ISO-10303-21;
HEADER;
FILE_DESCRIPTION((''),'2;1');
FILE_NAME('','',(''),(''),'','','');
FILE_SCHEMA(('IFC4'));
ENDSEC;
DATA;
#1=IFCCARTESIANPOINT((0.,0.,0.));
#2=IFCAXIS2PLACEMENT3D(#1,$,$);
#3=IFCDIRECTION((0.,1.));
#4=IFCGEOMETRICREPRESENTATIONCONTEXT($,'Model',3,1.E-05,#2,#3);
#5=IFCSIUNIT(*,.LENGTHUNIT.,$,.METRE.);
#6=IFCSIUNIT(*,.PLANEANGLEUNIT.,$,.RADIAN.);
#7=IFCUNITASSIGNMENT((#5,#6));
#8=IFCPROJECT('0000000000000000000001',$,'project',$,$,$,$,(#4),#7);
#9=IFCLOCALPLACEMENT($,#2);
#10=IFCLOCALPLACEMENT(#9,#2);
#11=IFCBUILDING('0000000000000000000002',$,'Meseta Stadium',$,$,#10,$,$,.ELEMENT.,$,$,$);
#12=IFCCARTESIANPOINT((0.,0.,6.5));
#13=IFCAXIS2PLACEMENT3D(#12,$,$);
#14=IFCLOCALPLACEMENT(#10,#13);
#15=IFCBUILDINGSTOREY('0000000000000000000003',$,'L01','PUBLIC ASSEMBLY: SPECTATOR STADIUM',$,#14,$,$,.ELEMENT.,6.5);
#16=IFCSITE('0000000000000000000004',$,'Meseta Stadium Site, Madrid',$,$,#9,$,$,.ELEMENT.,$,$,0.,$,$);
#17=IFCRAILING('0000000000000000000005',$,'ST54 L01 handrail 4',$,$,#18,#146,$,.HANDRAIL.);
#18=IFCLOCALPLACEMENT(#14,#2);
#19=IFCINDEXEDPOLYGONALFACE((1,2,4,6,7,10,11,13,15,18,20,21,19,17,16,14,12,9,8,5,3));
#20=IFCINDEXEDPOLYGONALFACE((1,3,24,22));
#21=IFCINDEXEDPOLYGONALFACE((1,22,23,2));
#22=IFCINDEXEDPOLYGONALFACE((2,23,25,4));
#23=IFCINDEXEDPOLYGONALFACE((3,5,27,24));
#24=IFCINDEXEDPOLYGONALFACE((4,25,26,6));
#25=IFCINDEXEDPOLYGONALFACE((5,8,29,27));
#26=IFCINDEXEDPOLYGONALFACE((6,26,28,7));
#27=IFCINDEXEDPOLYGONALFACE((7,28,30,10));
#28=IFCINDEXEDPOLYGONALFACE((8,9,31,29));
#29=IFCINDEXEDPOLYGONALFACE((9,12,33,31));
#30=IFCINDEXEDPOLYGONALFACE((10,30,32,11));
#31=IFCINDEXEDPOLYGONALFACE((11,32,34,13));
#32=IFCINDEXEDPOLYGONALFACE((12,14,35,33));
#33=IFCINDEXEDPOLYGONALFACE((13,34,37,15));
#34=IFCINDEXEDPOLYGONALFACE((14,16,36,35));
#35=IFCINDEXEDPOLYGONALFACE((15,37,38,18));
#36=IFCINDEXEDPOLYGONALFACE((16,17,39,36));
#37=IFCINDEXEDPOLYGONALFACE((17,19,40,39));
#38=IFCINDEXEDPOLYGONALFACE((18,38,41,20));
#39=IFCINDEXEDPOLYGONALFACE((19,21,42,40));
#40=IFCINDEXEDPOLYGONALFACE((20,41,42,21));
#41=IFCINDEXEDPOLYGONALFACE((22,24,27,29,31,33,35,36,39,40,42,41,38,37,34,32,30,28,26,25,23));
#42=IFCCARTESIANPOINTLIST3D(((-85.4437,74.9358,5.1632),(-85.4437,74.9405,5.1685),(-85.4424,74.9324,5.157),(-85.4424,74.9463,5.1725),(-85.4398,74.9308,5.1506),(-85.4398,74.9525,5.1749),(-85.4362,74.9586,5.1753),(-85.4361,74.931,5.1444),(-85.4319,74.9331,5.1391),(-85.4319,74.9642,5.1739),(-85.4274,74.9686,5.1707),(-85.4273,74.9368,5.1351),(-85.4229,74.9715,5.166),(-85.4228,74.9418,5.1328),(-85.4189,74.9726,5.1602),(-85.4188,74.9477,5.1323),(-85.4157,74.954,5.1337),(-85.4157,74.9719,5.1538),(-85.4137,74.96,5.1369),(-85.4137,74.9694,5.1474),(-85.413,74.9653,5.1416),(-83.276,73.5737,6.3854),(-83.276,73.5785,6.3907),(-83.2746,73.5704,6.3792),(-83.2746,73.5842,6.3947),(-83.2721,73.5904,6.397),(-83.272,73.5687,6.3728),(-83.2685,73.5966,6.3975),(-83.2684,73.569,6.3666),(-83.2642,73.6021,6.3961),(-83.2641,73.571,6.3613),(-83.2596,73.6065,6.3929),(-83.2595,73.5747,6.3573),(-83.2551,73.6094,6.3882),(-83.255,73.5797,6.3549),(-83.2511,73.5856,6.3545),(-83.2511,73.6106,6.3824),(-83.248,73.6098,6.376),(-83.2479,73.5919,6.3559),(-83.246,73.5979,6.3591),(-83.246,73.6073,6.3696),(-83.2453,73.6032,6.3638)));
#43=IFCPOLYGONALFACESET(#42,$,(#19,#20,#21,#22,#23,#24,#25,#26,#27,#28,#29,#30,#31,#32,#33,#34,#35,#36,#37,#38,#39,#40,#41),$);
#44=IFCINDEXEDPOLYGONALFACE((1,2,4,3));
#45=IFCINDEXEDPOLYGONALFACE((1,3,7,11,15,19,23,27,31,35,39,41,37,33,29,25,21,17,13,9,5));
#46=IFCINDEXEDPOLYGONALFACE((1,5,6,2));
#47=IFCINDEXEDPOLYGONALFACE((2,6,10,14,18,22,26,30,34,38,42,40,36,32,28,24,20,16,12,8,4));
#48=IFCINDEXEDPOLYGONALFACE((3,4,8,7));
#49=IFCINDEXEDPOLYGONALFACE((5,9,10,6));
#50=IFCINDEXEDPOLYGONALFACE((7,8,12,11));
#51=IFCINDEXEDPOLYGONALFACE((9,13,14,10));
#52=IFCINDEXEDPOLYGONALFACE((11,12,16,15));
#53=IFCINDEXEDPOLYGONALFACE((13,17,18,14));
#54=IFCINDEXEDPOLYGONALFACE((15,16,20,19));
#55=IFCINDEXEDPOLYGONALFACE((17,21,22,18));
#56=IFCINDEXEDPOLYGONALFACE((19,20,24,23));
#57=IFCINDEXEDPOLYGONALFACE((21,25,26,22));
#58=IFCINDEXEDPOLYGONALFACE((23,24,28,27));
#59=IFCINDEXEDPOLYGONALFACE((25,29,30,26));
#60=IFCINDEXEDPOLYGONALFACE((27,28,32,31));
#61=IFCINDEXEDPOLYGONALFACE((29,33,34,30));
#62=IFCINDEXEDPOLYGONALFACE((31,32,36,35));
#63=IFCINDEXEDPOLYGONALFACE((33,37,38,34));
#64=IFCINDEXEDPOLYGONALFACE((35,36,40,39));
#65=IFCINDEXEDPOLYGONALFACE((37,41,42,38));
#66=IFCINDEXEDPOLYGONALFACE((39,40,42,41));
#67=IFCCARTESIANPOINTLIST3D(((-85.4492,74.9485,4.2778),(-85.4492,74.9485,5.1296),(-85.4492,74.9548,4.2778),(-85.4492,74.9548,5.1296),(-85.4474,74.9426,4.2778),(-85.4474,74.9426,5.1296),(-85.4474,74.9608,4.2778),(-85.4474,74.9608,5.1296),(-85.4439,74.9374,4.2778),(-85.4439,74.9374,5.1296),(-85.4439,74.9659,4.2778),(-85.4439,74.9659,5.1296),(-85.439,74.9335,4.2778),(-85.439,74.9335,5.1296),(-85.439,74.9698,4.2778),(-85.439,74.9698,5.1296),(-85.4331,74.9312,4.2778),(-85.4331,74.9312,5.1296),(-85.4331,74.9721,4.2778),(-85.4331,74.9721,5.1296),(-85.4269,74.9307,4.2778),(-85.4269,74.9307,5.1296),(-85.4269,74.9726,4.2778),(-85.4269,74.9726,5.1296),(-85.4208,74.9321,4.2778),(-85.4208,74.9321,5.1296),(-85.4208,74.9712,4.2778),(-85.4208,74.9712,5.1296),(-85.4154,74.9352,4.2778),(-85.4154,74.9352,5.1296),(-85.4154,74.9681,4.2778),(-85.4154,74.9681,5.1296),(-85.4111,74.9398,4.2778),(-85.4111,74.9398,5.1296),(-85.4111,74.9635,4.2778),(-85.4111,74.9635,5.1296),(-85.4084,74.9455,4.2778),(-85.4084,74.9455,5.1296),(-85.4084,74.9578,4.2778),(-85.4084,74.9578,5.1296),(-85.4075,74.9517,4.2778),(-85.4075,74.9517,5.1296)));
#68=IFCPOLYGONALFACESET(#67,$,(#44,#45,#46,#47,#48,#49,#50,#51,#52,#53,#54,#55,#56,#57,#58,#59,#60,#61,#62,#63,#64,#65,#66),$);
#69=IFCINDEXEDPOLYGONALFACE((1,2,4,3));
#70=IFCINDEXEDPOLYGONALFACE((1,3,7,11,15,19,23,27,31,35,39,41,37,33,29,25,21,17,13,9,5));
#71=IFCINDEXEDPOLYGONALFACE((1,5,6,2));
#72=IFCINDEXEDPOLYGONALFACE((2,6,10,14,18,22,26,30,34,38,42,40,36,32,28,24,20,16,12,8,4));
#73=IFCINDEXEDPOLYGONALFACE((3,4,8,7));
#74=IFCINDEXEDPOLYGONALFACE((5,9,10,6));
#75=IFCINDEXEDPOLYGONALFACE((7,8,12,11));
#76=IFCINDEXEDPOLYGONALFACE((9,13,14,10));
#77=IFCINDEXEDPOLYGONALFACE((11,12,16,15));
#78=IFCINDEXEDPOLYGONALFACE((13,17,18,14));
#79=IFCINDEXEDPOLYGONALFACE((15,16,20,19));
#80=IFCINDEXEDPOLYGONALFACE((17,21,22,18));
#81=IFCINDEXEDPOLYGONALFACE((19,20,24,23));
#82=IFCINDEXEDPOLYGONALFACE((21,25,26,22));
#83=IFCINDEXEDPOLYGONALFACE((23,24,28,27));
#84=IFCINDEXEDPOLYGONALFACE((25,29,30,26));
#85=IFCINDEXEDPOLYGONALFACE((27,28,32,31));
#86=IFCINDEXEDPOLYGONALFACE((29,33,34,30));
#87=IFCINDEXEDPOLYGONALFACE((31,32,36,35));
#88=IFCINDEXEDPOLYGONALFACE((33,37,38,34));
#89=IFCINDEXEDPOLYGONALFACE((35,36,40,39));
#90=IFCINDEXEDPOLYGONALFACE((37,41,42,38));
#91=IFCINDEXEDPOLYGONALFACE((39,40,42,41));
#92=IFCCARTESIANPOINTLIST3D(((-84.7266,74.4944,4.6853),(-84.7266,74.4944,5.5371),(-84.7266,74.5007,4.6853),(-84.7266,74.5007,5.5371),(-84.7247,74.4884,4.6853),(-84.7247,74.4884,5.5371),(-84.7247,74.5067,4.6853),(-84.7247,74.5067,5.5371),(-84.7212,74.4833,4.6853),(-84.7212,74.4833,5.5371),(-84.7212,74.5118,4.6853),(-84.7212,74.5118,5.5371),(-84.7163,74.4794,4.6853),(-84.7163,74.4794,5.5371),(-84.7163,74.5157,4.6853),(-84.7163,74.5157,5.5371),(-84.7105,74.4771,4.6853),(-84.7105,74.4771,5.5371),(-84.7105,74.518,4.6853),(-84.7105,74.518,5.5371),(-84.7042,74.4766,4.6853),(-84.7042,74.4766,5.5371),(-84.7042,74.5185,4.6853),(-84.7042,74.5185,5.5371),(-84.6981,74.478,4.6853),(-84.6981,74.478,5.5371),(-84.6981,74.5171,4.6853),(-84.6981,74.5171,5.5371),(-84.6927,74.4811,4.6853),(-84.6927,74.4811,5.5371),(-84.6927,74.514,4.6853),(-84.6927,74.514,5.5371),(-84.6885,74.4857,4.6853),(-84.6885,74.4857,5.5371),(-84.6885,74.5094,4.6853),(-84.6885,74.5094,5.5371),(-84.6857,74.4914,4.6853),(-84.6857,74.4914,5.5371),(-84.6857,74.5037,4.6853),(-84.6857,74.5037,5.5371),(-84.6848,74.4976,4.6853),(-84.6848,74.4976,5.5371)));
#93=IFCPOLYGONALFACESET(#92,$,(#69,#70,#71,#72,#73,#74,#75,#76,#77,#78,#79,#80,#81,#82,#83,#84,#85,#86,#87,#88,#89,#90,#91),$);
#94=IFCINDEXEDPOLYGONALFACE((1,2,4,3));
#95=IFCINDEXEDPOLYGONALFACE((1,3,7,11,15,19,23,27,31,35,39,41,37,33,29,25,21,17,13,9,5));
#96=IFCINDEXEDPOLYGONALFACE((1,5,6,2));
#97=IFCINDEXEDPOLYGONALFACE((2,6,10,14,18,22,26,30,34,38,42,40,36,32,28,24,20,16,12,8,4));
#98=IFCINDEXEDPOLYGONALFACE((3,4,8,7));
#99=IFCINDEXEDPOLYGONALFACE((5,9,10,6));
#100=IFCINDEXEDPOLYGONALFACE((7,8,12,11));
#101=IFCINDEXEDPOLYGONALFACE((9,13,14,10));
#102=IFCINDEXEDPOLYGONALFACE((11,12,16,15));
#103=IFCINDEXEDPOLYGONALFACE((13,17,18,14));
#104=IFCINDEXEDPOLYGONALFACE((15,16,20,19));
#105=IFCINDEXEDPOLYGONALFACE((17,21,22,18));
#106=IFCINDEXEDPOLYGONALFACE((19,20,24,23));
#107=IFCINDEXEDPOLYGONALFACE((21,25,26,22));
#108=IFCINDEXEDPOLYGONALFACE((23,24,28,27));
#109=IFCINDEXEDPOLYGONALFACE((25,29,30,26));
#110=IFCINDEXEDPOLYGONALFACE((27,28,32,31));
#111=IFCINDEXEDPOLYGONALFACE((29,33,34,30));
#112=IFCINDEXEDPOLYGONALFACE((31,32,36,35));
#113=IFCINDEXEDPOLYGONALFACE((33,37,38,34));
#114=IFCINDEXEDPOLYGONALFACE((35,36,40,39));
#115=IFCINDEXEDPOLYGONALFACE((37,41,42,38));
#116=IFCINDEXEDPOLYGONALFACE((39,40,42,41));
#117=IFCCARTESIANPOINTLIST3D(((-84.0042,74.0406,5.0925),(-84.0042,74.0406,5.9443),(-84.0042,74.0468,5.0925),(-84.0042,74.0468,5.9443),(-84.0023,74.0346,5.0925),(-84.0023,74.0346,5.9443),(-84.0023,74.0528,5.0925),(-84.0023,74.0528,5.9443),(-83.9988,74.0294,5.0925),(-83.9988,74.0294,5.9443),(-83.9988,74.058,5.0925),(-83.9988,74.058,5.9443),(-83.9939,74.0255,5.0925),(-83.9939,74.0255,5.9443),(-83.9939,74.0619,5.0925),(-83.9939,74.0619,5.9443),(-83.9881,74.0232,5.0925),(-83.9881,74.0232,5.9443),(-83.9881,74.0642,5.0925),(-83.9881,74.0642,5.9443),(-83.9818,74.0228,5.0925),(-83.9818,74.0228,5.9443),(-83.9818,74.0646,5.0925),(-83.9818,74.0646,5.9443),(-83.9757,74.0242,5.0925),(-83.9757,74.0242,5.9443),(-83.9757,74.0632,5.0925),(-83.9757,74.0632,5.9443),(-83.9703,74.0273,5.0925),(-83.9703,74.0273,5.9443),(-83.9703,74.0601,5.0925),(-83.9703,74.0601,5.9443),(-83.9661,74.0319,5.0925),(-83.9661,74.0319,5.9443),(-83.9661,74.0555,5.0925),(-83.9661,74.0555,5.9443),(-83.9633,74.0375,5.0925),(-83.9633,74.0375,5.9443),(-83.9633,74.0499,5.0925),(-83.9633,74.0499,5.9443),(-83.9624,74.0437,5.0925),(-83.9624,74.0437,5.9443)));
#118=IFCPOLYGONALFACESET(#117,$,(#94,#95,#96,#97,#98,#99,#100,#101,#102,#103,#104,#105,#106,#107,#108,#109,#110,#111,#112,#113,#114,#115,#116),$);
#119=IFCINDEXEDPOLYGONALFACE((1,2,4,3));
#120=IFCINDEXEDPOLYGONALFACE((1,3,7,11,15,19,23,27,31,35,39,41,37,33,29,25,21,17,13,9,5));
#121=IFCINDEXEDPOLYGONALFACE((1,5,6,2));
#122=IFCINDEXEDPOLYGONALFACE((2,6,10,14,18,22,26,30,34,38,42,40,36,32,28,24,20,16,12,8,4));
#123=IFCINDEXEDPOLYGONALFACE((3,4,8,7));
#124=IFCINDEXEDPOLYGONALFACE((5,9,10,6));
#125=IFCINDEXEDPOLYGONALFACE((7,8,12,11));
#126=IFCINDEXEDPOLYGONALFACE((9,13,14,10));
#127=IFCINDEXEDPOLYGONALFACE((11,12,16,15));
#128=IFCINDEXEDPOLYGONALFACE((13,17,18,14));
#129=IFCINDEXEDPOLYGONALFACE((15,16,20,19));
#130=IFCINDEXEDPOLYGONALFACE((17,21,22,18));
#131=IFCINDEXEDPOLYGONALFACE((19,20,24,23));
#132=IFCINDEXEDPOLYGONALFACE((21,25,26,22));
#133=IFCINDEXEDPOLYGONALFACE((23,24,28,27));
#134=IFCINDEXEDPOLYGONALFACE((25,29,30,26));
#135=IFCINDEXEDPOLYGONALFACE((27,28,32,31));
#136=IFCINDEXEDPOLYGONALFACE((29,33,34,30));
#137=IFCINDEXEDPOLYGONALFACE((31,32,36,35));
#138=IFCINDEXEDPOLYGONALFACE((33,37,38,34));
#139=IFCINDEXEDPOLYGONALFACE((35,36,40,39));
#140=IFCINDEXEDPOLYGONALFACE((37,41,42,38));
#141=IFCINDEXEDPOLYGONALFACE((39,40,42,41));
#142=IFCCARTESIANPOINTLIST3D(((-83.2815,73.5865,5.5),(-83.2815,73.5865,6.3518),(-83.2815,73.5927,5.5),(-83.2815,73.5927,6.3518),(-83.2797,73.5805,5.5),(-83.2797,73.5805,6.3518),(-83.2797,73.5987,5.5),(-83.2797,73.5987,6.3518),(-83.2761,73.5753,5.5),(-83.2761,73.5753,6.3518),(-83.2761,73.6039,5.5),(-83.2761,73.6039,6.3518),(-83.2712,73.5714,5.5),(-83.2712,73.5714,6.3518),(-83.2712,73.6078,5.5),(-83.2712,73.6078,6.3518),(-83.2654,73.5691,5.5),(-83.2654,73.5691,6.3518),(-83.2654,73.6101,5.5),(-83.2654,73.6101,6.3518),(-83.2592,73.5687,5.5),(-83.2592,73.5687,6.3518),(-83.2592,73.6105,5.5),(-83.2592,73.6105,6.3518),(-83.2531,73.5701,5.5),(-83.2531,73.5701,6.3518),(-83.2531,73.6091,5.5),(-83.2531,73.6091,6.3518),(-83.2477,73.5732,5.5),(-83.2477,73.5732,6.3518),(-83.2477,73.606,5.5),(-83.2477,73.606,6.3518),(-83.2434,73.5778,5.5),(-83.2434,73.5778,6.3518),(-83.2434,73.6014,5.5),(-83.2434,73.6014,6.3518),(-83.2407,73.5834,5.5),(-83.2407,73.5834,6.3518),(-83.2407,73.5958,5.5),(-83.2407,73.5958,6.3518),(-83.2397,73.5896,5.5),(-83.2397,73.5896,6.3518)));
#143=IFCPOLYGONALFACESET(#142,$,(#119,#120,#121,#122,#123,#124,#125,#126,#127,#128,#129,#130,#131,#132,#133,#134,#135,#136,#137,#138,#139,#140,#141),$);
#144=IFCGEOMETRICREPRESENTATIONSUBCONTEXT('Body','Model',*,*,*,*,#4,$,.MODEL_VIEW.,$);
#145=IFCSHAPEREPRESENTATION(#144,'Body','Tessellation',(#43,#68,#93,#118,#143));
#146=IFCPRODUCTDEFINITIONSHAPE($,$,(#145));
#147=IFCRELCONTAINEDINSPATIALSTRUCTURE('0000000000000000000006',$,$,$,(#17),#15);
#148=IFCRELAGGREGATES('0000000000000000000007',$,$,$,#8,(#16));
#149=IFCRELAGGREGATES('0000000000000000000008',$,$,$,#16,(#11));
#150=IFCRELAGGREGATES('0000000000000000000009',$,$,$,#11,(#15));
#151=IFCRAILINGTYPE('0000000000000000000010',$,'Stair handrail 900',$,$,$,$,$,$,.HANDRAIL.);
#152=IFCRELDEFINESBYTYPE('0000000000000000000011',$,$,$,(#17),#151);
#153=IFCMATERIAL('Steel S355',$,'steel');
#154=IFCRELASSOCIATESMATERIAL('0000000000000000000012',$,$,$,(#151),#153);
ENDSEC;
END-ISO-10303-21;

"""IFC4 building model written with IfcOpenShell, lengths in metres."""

from ifc_helpers import new_model, si_unit, direction, frame, origin, origin_2d, place, context, subcontext, project, spatial, circle, extrude, material, type_object, element, save


model = new_model("IFC4")

# Units and contexts
model_context = context("Model", 3, precision=1e-05, world=origin(), true_north=direction((0.0, 1.0)))
body_context = subcontext(model_context, "Body", "Model", "MODEL_VIEW")
ifc_project = project(units=[si_unit("LENGTHUNIT", "METRE"), si_unit("PLANEANGLEUNIT", "RADIAN")], contexts=[model_context])

# Site, building, storey
site_placement = place(None, origin())
site = spatial("IfcSite", under=ifc_project, at=site_placement, Name="Meseta Stadium Site, Madrid", CompositionType="ELEMENT", RefElevation=0.0)
building_placement = place(site_placement, origin())
building = spatial("IfcBuilding", under=site, at=building_placement, Name="Meseta Stadium", CompositionType="ELEMENT")
storey_placement = place(building_placement, frame((0.0, 0.0, 6.5)))
storey = spatial("IfcBuildingStorey", under=building, at=storey_placement, Name="L01", Description="PUBLIC ASSEMBLY: SPECTATOR STADIUM", CompositionType="ELEMENT", Elevation=6.5)

# Railing
ifc_material_1 = material(Name="Steel S355", Category="steel")
railing_type_1 = type_object("IfcRailingType", Name="Stair handrail 900", PredefinedType="HANDRAIL", material=ifc_material_1)
for number, where, name in (
    (1, (-85.4285, 74.9517, 4.2778), "ST54 L01 handrail 4"),
):
    element("IfcRailing", number, at=place(storey_placement, frame(where)), inside=storey, type_object=railing_type_1, Name=name, PredefinedType="HANDRAIL", context=body_context, shape_type="SweptSolid", body=[
        extrude(circle(Radius=0.0239, at=origin_2d()), frame((0.0, 0.0, 0.876), z_axis=(0.764121, -0.480125, 0.430813), x_axis=(0.532029, 0.846726, 0.0)), (0.0, 0.0, 1.0), 2.8369),
        extrude(circle(Radius=0.021, at=origin_2d()), origin(), (0.0, 0.0, 1.0), 0.8518),
        extrude(circle(Radius=0.021, at=origin_2d()), frame((0.7227, -0.4541, 0.4075)), (0.0, 0.0, 1.0), 0.8518),
        extrude(circle(Radius=0.021, at=origin_2d()), frame((1.4451, -0.908, 0.8147)), (0.0, 0.0, 1.0), 0.8518),
        extrude(circle(Radius=0.021, at=origin_2d()), frame((2.1677, -1.3621, 1.2222)), (0.0, 0.0, 1.0), 0.8518),
    ])

save(model, "model.ifc")
